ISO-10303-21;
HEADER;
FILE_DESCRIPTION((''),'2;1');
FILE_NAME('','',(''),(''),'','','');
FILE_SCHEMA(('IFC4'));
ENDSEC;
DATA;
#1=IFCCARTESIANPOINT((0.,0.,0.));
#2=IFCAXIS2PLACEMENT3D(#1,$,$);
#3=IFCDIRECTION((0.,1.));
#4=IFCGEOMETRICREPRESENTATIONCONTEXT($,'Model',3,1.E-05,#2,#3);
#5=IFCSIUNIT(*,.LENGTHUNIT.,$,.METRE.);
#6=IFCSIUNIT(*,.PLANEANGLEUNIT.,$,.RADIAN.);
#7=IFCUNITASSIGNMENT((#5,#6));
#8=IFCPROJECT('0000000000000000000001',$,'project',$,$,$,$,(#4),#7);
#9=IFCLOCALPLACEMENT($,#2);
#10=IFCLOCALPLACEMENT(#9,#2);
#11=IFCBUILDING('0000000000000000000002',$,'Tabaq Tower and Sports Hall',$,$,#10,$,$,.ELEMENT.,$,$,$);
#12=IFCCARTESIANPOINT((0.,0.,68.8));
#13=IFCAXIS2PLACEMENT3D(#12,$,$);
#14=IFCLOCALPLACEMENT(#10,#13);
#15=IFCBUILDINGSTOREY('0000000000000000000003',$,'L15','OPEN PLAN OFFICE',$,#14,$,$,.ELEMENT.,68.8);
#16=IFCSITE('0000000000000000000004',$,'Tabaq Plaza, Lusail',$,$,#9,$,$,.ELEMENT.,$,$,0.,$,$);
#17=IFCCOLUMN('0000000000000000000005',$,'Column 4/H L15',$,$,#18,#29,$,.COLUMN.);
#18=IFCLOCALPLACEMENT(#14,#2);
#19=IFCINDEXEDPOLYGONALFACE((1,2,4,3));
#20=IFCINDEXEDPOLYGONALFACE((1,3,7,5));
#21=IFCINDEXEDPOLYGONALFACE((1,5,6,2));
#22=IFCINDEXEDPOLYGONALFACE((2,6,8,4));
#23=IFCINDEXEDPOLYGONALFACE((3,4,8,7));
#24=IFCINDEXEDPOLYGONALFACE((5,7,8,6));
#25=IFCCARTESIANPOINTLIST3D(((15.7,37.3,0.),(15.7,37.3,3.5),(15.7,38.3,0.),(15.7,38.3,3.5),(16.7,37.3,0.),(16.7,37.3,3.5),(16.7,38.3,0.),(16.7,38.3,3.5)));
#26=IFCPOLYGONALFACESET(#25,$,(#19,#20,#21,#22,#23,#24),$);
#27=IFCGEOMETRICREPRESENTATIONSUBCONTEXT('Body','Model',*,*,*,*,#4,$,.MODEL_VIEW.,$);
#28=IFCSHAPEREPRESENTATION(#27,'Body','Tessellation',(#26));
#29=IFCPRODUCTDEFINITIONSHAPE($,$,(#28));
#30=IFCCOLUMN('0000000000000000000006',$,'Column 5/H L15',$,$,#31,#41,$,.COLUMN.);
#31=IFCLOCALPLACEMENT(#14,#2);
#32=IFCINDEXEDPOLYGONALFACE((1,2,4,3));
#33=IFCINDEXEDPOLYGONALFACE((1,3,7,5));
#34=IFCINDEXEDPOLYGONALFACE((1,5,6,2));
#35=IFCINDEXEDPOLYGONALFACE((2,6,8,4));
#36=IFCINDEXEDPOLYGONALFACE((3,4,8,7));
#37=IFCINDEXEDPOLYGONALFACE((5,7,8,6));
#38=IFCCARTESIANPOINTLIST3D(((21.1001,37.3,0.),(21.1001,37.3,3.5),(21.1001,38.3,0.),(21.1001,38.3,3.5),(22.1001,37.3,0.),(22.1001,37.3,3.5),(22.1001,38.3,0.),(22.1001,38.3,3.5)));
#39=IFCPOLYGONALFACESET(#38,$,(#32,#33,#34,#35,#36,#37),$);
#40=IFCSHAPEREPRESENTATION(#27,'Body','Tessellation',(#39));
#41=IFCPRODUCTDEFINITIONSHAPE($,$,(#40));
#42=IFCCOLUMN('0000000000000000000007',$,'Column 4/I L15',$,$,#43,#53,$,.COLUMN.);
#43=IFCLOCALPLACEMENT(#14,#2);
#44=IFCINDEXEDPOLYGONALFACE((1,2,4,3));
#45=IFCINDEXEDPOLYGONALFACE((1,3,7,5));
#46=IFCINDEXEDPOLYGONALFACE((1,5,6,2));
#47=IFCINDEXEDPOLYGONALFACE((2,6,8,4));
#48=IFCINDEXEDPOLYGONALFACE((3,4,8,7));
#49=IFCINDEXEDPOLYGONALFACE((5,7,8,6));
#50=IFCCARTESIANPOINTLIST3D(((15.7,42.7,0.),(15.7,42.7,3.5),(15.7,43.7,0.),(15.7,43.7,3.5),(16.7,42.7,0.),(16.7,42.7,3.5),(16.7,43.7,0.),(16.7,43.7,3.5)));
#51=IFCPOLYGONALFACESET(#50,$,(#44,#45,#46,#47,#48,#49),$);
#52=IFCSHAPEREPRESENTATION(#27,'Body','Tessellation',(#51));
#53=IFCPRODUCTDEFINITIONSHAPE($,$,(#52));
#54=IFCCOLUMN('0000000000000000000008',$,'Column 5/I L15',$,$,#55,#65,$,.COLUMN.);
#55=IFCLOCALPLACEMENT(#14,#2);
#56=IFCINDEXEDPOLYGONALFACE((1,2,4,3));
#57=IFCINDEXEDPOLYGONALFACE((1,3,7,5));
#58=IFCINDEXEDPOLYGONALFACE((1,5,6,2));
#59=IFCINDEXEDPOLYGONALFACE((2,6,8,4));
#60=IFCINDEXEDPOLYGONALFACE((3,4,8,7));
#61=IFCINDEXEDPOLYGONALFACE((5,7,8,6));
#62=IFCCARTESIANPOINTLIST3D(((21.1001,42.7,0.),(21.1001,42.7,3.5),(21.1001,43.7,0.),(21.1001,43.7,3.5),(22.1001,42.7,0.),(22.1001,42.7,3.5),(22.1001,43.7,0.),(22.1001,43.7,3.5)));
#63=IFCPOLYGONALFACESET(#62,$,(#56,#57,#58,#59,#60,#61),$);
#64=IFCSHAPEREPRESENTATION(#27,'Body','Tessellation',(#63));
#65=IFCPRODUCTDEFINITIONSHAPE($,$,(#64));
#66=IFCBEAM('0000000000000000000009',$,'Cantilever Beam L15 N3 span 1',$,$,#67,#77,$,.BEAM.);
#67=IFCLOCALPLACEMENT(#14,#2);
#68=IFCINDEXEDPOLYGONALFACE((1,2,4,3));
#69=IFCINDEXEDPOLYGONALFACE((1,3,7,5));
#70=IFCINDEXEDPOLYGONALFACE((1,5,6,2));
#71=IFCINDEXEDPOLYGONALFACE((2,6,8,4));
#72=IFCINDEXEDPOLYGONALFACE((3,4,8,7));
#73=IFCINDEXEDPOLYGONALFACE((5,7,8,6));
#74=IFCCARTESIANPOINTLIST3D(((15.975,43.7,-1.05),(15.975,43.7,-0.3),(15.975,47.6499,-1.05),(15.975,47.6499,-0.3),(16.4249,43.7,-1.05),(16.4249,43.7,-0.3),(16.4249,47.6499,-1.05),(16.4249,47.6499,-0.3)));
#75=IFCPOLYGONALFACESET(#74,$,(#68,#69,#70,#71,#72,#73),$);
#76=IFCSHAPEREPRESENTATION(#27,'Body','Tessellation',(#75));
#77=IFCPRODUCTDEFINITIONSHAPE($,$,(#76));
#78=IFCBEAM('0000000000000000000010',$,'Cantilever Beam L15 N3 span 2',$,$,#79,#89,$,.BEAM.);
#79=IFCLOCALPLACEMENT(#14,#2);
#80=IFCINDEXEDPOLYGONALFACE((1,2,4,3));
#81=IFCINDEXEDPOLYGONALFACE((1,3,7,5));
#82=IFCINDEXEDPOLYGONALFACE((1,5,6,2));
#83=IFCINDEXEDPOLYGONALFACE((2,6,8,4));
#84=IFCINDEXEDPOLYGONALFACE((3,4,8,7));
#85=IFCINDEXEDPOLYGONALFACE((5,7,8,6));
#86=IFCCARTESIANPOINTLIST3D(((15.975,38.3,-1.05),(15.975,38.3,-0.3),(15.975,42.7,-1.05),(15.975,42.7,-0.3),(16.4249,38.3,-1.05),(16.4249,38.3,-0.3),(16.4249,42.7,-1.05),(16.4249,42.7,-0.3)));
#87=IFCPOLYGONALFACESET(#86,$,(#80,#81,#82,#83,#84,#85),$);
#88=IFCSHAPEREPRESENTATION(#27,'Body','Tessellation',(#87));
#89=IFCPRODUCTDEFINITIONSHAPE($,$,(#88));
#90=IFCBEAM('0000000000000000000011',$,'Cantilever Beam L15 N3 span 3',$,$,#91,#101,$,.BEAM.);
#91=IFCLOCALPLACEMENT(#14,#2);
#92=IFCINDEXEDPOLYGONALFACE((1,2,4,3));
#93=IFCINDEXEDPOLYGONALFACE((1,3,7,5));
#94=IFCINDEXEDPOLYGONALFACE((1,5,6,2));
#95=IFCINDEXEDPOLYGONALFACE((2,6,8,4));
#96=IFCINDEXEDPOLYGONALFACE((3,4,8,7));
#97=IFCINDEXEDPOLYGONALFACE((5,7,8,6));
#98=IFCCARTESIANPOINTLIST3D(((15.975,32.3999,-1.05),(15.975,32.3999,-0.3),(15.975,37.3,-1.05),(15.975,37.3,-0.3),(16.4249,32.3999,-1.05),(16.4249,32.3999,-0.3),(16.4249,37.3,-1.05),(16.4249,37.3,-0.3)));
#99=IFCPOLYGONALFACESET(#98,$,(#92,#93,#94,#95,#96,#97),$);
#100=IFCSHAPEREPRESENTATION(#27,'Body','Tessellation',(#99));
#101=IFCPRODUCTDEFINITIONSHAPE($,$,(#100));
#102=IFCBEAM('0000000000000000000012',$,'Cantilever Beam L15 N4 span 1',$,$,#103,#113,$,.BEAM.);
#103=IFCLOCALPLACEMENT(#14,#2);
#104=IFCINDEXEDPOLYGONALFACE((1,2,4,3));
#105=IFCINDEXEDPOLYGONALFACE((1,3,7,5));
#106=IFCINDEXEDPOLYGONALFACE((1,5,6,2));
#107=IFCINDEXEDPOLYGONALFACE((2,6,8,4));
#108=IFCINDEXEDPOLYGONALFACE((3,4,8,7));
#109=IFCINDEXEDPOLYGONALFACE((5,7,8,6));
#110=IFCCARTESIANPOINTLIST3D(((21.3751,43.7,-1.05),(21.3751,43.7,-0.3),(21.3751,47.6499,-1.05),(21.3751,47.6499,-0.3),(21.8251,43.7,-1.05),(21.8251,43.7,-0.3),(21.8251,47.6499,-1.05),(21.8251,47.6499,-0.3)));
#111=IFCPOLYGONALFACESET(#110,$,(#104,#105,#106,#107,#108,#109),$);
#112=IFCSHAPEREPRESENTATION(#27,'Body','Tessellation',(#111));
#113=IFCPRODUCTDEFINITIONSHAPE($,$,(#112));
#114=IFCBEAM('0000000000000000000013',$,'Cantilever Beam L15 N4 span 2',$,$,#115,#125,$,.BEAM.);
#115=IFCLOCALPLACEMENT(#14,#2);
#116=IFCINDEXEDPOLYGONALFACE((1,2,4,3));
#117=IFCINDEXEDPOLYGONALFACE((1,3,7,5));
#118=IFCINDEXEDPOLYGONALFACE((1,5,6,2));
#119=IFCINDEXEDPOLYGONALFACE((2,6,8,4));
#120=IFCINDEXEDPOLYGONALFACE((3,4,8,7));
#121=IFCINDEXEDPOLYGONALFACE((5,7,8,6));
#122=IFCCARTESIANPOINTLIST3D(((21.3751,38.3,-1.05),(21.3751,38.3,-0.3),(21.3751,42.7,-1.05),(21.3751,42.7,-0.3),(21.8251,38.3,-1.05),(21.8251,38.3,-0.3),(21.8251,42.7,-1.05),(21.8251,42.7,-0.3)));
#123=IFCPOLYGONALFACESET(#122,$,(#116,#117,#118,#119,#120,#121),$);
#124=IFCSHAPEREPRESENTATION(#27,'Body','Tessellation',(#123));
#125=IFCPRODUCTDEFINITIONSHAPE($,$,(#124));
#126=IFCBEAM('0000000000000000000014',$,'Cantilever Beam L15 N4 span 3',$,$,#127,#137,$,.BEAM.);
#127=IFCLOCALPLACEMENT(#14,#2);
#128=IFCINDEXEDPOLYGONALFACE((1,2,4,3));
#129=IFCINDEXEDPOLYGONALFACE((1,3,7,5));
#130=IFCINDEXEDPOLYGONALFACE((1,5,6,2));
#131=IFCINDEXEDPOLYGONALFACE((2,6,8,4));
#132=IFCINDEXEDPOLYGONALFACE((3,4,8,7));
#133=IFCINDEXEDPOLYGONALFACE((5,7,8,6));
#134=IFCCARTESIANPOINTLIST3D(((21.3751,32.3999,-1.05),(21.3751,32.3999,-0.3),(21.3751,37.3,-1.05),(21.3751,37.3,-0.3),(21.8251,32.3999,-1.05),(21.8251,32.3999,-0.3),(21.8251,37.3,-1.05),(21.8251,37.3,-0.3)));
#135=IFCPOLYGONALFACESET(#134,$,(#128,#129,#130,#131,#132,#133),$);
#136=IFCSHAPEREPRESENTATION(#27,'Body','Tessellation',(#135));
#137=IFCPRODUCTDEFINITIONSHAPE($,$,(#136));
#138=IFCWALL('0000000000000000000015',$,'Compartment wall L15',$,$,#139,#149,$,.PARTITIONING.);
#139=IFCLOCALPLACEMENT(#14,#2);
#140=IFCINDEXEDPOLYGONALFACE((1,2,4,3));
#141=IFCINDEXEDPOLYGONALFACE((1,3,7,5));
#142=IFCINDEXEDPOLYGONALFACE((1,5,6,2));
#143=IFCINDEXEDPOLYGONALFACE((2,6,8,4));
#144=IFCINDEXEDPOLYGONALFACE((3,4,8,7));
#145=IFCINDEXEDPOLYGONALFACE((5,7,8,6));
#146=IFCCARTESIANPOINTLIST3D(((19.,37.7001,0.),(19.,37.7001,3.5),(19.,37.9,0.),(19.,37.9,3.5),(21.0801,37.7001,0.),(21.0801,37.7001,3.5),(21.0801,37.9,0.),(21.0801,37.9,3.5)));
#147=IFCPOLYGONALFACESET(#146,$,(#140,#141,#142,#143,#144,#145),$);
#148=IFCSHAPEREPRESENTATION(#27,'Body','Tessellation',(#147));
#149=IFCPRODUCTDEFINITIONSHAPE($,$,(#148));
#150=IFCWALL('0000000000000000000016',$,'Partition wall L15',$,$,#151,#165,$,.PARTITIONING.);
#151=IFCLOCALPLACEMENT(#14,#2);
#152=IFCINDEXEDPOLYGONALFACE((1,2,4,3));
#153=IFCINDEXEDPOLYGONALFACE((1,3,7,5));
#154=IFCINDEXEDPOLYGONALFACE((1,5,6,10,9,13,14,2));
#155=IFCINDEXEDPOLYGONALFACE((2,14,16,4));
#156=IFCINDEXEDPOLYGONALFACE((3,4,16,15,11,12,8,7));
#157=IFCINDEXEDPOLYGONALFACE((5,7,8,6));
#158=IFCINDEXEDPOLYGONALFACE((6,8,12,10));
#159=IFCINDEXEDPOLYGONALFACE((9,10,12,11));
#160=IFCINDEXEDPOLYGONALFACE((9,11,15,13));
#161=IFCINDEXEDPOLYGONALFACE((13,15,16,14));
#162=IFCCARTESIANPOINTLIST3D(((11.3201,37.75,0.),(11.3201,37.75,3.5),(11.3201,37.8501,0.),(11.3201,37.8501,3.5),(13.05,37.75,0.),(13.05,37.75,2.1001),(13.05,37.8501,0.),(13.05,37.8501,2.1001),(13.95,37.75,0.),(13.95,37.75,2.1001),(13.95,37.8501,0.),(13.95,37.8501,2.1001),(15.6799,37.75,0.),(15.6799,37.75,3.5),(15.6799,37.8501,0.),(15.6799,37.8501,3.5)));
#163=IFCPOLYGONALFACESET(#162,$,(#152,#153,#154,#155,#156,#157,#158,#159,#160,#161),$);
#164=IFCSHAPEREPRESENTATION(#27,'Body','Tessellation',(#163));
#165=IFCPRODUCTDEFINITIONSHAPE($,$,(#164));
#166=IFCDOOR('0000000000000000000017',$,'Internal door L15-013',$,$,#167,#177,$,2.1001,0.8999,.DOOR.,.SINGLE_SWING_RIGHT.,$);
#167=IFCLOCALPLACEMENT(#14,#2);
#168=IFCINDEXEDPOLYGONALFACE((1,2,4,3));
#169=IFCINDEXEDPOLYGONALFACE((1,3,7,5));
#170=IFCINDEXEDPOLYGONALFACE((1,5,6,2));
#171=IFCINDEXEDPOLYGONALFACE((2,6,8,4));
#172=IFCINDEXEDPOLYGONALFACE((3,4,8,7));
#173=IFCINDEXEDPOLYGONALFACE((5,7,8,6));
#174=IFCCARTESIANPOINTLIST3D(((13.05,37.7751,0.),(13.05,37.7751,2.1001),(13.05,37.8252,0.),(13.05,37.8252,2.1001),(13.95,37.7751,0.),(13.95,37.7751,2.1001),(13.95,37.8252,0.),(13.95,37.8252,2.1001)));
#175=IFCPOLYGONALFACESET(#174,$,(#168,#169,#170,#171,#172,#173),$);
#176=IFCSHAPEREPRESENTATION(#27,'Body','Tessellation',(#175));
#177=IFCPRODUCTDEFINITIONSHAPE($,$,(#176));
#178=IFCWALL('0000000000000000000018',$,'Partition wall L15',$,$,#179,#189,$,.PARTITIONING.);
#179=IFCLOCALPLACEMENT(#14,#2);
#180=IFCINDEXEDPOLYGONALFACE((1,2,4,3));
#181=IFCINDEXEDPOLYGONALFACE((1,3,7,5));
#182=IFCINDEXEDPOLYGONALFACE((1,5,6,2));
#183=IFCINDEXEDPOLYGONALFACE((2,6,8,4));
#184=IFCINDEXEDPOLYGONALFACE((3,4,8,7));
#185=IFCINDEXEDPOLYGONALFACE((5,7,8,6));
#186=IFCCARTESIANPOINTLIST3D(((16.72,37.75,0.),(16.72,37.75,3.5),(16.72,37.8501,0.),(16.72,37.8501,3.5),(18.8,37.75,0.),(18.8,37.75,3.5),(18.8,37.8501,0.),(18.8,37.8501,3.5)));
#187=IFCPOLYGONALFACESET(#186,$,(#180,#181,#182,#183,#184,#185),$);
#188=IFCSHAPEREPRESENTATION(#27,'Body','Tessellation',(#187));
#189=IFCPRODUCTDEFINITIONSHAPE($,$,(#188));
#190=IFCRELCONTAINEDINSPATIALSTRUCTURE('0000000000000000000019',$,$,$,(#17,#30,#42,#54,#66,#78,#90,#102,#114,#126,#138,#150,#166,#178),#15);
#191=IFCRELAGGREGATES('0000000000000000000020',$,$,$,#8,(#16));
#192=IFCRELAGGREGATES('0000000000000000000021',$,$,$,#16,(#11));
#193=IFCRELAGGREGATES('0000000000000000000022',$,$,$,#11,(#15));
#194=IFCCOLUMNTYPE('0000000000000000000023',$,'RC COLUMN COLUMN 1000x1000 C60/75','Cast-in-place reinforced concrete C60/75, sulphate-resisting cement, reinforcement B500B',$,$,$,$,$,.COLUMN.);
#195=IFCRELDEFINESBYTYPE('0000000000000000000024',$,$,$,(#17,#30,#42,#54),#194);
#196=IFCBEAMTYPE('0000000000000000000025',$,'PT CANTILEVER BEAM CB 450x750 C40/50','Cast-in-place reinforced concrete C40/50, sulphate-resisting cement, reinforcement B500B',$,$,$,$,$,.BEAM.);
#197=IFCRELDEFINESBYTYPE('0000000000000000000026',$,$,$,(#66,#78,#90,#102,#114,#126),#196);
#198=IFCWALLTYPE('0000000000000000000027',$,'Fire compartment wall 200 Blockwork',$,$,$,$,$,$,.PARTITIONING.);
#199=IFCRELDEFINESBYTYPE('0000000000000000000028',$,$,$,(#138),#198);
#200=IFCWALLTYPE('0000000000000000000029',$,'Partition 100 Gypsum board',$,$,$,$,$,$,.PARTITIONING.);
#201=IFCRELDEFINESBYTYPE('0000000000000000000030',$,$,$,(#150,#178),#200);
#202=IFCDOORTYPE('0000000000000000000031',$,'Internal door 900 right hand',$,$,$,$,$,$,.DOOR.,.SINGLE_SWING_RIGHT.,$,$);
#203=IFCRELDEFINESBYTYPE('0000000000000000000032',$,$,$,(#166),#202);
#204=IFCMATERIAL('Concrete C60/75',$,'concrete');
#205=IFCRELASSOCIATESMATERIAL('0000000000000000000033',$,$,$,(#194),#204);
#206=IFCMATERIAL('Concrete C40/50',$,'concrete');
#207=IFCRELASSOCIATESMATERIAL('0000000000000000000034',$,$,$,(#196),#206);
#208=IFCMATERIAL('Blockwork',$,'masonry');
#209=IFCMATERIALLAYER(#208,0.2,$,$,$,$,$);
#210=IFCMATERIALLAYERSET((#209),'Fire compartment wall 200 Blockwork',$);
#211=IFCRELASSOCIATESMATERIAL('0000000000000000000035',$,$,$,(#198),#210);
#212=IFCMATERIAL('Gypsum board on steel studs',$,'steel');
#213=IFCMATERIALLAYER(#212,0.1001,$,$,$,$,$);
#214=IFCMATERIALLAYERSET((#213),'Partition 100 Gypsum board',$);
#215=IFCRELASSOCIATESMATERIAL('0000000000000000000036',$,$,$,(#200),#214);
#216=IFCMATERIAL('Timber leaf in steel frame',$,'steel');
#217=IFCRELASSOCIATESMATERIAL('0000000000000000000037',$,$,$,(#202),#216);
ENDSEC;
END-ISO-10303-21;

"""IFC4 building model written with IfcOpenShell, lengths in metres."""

from ifc_helpers import new_model, si_unit, direction, frame, frame_2d, origin, origin_2d, place, context, subcontext, project, spatial, rectangle, extrude, material, layer, layer_set, material_profile, profile_set, type_object, element, fill, save


model = new_model("IFC4")

# Units and contexts
model_context = context("Model", 3, precision=1e-05, world=origin(), true_north=direction((0.0, 1.0)))
body_context = subcontext(model_context, "Body", "Model", "MODEL_VIEW")
ifc_project = project(units=[si_unit("LENGTHUNIT", "METRE"), si_unit("PLANEANGLEUNIT", "RADIAN")], contexts=[model_context])

# Site, building, storey
site_placement = place(None, origin())
site = spatial("IfcSite", under=ifc_project, at=site_placement, Name="Tabaq Plaza, Lusail", CompositionType="ELEMENT", RefElevation=0.0)
building_placement = place(site_placement, origin())
building = spatial("IfcBuilding", under=site, at=building_placement, Name="Tabaq Tower and Sports Hall", CompositionType="ELEMENT")
storey_placement = place(building_placement, frame((0.0, 0.0, 68.8)))
storey = spatial("IfcBuildingStorey", under=building, at=storey_placement, Name="L15", Description="OPEN PLAN OFFICE", CompositionType="ELEMENT", Elevation=68.8)

# Columns
ifc_material_1 = material(Name="Concrete C60/75", Category="concrete")
ifc_material_profile_1 = material_profile(ifc_material_1, rectangle(XDim=1.0, YDim=1.0, at=origin_2d()), Name="COLUMN 1000x1000")
ifc_profile_set_1 = profile_set([ifc_material_profile_1], Name="Concrete C60/75")
column_type = type_object("IfcColumnType", Name="RC COLUMN COLUMN 1000x1000 C60/75", Description="Cast-in-place reinforced concrete C60/75, sulphate-resisting cement, reinforcement B500B", PredefinedType="COLUMN", material=ifc_profile_set_1)
for number, where, z_axis, x_axis, name in (
    (1, (16.2, 37.8, 0.0), (0.0, 0.0, 1.0), (1.0, 0.0, 0.0), "Column 4/H L15"),
    (2, (21.6001, 37.8, 0.0), (0.0, 0.0, 1.0), (1.0, 0.0, 0.0), "Column 5/H L15"),
    (3, (16.2, 43.2, 0.0), (0.0, 0.0, 1.0), (1.0, 0.0, 0.0), "Column 4/I L15"),
    (4, (21.6001, 43.2, 0.0), (0.0, 0.0, 1.0), (1.0, 0.0, 0.0), "Column 5/I L15"),
):
    element("IfcColumn", number, at=place(storey_placement, frame(where, z_axis=z_axis, x_axis=x_axis)), inside=storey, type_object=column_type, Name=name, PredefinedType="COLUMN", context=body_context, shape_type="SweptSolid", body=[
        extrude(rectangle(XDim=1.0, YDim=1.0, at=origin_2d()), origin(), (0.0, 0.0, 1.0), 3.5),
    ])

# Beams
ifc_material_2 = material(Name="Concrete C40/50", Category="concrete")
ifc_material_profile_2 = material_profile(ifc_material_2, rectangle(XDim=0.45, YDim=0.75, at=origin_2d()), Name="CB 450x750")
ifc_profile_set_2 = profile_set([ifc_material_profile_2], Name="Concrete C40/50")
beam_type = type_object("IfcBeamType", Name="PT CANTILEVER BEAM CB 450x750 C40/50", Description="Cast-in-place reinforced concrete C40/50, sulphate-resisting cement, reinforcement B500B", PredefinedType="BEAM", material=ifc_profile_set_2)
beam_1_placement = place(storey_placement, frame((16.2, 47.6499, -0.675), z_axis=(0.0, -1.0, 0.0), x_axis=(1.0, 0.0, 0.0)))
element("IfcBeam", 5, at=beam_1_placement, inside=storey, type_object=beam_type, Name="Cantilever Beam L15 N3 span 1", PredefinedType="BEAM", context=body_context, shape_type="SweptSolid", body=[
    extrude(rectangle(XDim=0.45, YDim=0.75, at=origin_2d()), origin(), (0.0, 0.0, 1.0), 3.95),
])
beam_2_placement = place(storey_placement, frame((16.2, 42.7, -0.675), z_axis=(0.0, -1.0, 0.0), x_axis=(1.0, 0.0, 0.0)))
element("IfcBeam", 6, at=beam_2_placement, inside=storey, type_object=beam_type, Name="Cantilever Beam L15 N3 span 2", PredefinedType="BEAM", context=body_context, shape_type="SweptSolid", body=[
    extrude(rectangle(XDim=0.45, YDim=0.75, at=origin_2d()), origin(), (0.0, 0.0, 1.0), 4.3999),
])
beam_3_placement = place(storey_placement, frame((16.2, 37.3, -0.675), z_axis=(0.0, -1.0, 0.0), x_axis=(1.0, 0.0, 0.0)))
element("IfcBeam", 7, at=beam_3_placement, inside=storey, type_object=beam_type, Name="Cantilever Beam L15 N3 span 3", PredefinedType="BEAM", context=body_context, shape_type="SweptSolid", body=[
    extrude(rectangle(XDim=0.45, YDim=0.75, at=origin_2d()), origin(), (0.0, 0.0, 1.0), 4.9001),
])
beam_4_placement = place(storey_placement, frame((21.6001, 47.6499, -0.675), z_axis=(0.0, -1.0, 0.0), x_axis=(1.0, 0.0, 0.0)))
element("IfcBeam", 8, at=beam_4_placement, inside=storey, type_object=beam_type, Name="Cantilever Beam L15 N4 span 1", PredefinedType="BEAM", context=body_context, shape_type="SweptSolid", body=[
    extrude(rectangle(XDim=0.45, YDim=0.75, at=origin_2d()), origin(), (0.0, 0.0, 1.0), 3.95),
])
beam_5_placement = place(storey_placement, frame((21.6001, 42.7, -0.675), z_axis=(0.0, -1.0, 0.0), x_axis=(1.0, 0.0, 0.0)))
element("IfcBeam", 9, at=beam_5_placement, inside=storey, type_object=beam_type, Name="Cantilever Beam L15 N4 span 2", PredefinedType="BEAM", context=body_context, shape_type="SweptSolid", body=[
    extrude(rectangle(XDim=0.45, YDim=0.75, at=origin_2d()), origin(), (0.0, 0.0, 1.0), 4.3999),
])
beam_6_placement = place(storey_placement, frame((21.6001, 37.3, -0.675), z_axis=(0.0, -1.0, 0.0), x_axis=(1.0, 0.0, 0.0)))
element("IfcBeam", 10, at=beam_6_placement, inside=storey, type_object=beam_type, Name="Cantilever Beam L15 N4 span 3", PredefinedType="BEAM", context=body_context, shape_type="SweptSolid", body=[
    extrude(rectangle(XDim=0.45, YDim=0.75, at=origin_2d()), origin(), (0.0, 0.0, 1.0), 4.9001),
])

# Wall
ifc_material_3 = material(Name="Blockwork", Category="masonry")
ifc_layer_1 = layer(ifc_material_3, 0.2)
ifc_layer_set_1 = layer_set([ifc_layer_1], Name="Fire compartment wall 200 Blockwork")
wall_type_1 = type_object("IfcWallType", Name="Fire compartment wall 200 Blockwork", PredefinedType="PARTITIONING", material=ifc_layer_set_1)
wall_1_placement = place(storey_placement, frame((21.0801, 37.8, 0.0), z_axis=(0.0, 0.0, 1.0), x_axis=(-1.0, 0.0, 0.0)))
element("IfcWall", 11, at=wall_1_placement, inside=storey, type_object=wall_type_1, Name="Compartment wall L15", PredefinedType="PARTITIONING", context=body_context, shape_type="SweptSolid", body=[
    extrude(rectangle(XDim=2.0801, YDim=0.2, at=frame_2d((1.04, 0.0))), origin(), (0.0, 0.0, 1.0), 3.5),
])

# Wall, opening, door
ifc_material_4 = material(Name="Gypsum board on steel studs", Category="steel")
ifc_layer_2 = layer(ifc_material_4, 0.1001)
ifc_layer_set_2 = layer_set([ifc_layer_2], Name="Partition 100 Gypsum board")
wall_type_2 = type_object("IfcWallType", Name="Partition 100 Gypsum board", PredefinedType="PARTITIONING", material=ifc_layer_set_2)
wall_2_placement = place(storey_placement, frame((15.6799, 37.8, 0.0), z_axis=(0.0, 0.0, 1.0), x_axis=(-1.0, 0.0, 0.0)))
wall_2 = element("IfcWall", 12, at=wall_2_placement, inside=storey, type_object=wall_type_2, Name="Partition wall L15", PredefinedType="PARTITIONING", context=body_context, shape_type="SweptSolid", body=[
    extrude(rectangle(XDim=4.3599, YDim=0.1001, at=frame_2d((2.1799, 0.0))), origin(), (0.0, 0.0, 1.0), 3.5),
])
opening_1_placement = place(wall_2_placement, frame((1.73, 0.0, 0.0)))
opening_1 = element("IfcOpeningElement", 13, at=opening_1_placement, cuts=wall_2, PredefinedType="OPENING", context=body_context, shape_type="SweptSolid", body=[
    extrude(rectangle(XDim=0.8999, YDim=2.1001, at=frame_2d((0.45, 1.05))), frame((0.0, 0.05, 0.0), z_axis=(0.0, -1.0, 0.0), x_axis=(1.0, 0.0, 0.0)), (0.0, 0.0, 1.0), 0.1001),
])
ifc_material_5 = material(Name="Timber leaf in steel frame", Category="steel")
door_type = type_object("IfcDoorType", Name="Internal door 900 right hand", OperationType="SINGLE_SWING_RIGHT", PredefinedType="DOOR", material=ifc_material_5)
door_1_placement = place(opening_1_placement, origin())
door_1 = element("IfcDoor", 14, at=door_1_placement, inside=storey, type_object=door_type, Name="Internal door L15-013", OperationType="SINGLE_SWING_RIGHT", OverallHeight=2.1001, OverallWidth=0.8999, PredefinedType="DOOR", context=body_context, shape_type="SweptSolid", body=[
    extrude(rectangle(XDim=0.8999, YDim=2.1001, at=frame_2d((0.45, 1.05))), frame((0.0, 0.0249, 0.0), z_axis=(0.0, -1.0, 0.0), x_axis=(1.0, 0.0, 0.0)), (0.0, 0.0, 1.0), 0.05),
])
fill(opening_1, door_1)

# Wall
wall_3_placement = place(storey_placement, frame((18.8, 37.8, 0.0), z_axis=(0.0, 0.0, 1.0), x_axis=(-1.0, 0.0, 0.0)))
element("IfcWall", 15, at=wall_3_placement, inside=storey, type_object=wall_type_2, Name="Partition wall L15", PredefinedType="PARTITIONING", context=body_context, shape_type="SweptSolid", body=[
    extrude(rectangle(XDim=2.0801, YDim=0.1001, at=frame_2d((1.04, 0.0))), origin(), (0.0, 0.0, 1.0), 3.5),
])

save(model, "model.ifc")
